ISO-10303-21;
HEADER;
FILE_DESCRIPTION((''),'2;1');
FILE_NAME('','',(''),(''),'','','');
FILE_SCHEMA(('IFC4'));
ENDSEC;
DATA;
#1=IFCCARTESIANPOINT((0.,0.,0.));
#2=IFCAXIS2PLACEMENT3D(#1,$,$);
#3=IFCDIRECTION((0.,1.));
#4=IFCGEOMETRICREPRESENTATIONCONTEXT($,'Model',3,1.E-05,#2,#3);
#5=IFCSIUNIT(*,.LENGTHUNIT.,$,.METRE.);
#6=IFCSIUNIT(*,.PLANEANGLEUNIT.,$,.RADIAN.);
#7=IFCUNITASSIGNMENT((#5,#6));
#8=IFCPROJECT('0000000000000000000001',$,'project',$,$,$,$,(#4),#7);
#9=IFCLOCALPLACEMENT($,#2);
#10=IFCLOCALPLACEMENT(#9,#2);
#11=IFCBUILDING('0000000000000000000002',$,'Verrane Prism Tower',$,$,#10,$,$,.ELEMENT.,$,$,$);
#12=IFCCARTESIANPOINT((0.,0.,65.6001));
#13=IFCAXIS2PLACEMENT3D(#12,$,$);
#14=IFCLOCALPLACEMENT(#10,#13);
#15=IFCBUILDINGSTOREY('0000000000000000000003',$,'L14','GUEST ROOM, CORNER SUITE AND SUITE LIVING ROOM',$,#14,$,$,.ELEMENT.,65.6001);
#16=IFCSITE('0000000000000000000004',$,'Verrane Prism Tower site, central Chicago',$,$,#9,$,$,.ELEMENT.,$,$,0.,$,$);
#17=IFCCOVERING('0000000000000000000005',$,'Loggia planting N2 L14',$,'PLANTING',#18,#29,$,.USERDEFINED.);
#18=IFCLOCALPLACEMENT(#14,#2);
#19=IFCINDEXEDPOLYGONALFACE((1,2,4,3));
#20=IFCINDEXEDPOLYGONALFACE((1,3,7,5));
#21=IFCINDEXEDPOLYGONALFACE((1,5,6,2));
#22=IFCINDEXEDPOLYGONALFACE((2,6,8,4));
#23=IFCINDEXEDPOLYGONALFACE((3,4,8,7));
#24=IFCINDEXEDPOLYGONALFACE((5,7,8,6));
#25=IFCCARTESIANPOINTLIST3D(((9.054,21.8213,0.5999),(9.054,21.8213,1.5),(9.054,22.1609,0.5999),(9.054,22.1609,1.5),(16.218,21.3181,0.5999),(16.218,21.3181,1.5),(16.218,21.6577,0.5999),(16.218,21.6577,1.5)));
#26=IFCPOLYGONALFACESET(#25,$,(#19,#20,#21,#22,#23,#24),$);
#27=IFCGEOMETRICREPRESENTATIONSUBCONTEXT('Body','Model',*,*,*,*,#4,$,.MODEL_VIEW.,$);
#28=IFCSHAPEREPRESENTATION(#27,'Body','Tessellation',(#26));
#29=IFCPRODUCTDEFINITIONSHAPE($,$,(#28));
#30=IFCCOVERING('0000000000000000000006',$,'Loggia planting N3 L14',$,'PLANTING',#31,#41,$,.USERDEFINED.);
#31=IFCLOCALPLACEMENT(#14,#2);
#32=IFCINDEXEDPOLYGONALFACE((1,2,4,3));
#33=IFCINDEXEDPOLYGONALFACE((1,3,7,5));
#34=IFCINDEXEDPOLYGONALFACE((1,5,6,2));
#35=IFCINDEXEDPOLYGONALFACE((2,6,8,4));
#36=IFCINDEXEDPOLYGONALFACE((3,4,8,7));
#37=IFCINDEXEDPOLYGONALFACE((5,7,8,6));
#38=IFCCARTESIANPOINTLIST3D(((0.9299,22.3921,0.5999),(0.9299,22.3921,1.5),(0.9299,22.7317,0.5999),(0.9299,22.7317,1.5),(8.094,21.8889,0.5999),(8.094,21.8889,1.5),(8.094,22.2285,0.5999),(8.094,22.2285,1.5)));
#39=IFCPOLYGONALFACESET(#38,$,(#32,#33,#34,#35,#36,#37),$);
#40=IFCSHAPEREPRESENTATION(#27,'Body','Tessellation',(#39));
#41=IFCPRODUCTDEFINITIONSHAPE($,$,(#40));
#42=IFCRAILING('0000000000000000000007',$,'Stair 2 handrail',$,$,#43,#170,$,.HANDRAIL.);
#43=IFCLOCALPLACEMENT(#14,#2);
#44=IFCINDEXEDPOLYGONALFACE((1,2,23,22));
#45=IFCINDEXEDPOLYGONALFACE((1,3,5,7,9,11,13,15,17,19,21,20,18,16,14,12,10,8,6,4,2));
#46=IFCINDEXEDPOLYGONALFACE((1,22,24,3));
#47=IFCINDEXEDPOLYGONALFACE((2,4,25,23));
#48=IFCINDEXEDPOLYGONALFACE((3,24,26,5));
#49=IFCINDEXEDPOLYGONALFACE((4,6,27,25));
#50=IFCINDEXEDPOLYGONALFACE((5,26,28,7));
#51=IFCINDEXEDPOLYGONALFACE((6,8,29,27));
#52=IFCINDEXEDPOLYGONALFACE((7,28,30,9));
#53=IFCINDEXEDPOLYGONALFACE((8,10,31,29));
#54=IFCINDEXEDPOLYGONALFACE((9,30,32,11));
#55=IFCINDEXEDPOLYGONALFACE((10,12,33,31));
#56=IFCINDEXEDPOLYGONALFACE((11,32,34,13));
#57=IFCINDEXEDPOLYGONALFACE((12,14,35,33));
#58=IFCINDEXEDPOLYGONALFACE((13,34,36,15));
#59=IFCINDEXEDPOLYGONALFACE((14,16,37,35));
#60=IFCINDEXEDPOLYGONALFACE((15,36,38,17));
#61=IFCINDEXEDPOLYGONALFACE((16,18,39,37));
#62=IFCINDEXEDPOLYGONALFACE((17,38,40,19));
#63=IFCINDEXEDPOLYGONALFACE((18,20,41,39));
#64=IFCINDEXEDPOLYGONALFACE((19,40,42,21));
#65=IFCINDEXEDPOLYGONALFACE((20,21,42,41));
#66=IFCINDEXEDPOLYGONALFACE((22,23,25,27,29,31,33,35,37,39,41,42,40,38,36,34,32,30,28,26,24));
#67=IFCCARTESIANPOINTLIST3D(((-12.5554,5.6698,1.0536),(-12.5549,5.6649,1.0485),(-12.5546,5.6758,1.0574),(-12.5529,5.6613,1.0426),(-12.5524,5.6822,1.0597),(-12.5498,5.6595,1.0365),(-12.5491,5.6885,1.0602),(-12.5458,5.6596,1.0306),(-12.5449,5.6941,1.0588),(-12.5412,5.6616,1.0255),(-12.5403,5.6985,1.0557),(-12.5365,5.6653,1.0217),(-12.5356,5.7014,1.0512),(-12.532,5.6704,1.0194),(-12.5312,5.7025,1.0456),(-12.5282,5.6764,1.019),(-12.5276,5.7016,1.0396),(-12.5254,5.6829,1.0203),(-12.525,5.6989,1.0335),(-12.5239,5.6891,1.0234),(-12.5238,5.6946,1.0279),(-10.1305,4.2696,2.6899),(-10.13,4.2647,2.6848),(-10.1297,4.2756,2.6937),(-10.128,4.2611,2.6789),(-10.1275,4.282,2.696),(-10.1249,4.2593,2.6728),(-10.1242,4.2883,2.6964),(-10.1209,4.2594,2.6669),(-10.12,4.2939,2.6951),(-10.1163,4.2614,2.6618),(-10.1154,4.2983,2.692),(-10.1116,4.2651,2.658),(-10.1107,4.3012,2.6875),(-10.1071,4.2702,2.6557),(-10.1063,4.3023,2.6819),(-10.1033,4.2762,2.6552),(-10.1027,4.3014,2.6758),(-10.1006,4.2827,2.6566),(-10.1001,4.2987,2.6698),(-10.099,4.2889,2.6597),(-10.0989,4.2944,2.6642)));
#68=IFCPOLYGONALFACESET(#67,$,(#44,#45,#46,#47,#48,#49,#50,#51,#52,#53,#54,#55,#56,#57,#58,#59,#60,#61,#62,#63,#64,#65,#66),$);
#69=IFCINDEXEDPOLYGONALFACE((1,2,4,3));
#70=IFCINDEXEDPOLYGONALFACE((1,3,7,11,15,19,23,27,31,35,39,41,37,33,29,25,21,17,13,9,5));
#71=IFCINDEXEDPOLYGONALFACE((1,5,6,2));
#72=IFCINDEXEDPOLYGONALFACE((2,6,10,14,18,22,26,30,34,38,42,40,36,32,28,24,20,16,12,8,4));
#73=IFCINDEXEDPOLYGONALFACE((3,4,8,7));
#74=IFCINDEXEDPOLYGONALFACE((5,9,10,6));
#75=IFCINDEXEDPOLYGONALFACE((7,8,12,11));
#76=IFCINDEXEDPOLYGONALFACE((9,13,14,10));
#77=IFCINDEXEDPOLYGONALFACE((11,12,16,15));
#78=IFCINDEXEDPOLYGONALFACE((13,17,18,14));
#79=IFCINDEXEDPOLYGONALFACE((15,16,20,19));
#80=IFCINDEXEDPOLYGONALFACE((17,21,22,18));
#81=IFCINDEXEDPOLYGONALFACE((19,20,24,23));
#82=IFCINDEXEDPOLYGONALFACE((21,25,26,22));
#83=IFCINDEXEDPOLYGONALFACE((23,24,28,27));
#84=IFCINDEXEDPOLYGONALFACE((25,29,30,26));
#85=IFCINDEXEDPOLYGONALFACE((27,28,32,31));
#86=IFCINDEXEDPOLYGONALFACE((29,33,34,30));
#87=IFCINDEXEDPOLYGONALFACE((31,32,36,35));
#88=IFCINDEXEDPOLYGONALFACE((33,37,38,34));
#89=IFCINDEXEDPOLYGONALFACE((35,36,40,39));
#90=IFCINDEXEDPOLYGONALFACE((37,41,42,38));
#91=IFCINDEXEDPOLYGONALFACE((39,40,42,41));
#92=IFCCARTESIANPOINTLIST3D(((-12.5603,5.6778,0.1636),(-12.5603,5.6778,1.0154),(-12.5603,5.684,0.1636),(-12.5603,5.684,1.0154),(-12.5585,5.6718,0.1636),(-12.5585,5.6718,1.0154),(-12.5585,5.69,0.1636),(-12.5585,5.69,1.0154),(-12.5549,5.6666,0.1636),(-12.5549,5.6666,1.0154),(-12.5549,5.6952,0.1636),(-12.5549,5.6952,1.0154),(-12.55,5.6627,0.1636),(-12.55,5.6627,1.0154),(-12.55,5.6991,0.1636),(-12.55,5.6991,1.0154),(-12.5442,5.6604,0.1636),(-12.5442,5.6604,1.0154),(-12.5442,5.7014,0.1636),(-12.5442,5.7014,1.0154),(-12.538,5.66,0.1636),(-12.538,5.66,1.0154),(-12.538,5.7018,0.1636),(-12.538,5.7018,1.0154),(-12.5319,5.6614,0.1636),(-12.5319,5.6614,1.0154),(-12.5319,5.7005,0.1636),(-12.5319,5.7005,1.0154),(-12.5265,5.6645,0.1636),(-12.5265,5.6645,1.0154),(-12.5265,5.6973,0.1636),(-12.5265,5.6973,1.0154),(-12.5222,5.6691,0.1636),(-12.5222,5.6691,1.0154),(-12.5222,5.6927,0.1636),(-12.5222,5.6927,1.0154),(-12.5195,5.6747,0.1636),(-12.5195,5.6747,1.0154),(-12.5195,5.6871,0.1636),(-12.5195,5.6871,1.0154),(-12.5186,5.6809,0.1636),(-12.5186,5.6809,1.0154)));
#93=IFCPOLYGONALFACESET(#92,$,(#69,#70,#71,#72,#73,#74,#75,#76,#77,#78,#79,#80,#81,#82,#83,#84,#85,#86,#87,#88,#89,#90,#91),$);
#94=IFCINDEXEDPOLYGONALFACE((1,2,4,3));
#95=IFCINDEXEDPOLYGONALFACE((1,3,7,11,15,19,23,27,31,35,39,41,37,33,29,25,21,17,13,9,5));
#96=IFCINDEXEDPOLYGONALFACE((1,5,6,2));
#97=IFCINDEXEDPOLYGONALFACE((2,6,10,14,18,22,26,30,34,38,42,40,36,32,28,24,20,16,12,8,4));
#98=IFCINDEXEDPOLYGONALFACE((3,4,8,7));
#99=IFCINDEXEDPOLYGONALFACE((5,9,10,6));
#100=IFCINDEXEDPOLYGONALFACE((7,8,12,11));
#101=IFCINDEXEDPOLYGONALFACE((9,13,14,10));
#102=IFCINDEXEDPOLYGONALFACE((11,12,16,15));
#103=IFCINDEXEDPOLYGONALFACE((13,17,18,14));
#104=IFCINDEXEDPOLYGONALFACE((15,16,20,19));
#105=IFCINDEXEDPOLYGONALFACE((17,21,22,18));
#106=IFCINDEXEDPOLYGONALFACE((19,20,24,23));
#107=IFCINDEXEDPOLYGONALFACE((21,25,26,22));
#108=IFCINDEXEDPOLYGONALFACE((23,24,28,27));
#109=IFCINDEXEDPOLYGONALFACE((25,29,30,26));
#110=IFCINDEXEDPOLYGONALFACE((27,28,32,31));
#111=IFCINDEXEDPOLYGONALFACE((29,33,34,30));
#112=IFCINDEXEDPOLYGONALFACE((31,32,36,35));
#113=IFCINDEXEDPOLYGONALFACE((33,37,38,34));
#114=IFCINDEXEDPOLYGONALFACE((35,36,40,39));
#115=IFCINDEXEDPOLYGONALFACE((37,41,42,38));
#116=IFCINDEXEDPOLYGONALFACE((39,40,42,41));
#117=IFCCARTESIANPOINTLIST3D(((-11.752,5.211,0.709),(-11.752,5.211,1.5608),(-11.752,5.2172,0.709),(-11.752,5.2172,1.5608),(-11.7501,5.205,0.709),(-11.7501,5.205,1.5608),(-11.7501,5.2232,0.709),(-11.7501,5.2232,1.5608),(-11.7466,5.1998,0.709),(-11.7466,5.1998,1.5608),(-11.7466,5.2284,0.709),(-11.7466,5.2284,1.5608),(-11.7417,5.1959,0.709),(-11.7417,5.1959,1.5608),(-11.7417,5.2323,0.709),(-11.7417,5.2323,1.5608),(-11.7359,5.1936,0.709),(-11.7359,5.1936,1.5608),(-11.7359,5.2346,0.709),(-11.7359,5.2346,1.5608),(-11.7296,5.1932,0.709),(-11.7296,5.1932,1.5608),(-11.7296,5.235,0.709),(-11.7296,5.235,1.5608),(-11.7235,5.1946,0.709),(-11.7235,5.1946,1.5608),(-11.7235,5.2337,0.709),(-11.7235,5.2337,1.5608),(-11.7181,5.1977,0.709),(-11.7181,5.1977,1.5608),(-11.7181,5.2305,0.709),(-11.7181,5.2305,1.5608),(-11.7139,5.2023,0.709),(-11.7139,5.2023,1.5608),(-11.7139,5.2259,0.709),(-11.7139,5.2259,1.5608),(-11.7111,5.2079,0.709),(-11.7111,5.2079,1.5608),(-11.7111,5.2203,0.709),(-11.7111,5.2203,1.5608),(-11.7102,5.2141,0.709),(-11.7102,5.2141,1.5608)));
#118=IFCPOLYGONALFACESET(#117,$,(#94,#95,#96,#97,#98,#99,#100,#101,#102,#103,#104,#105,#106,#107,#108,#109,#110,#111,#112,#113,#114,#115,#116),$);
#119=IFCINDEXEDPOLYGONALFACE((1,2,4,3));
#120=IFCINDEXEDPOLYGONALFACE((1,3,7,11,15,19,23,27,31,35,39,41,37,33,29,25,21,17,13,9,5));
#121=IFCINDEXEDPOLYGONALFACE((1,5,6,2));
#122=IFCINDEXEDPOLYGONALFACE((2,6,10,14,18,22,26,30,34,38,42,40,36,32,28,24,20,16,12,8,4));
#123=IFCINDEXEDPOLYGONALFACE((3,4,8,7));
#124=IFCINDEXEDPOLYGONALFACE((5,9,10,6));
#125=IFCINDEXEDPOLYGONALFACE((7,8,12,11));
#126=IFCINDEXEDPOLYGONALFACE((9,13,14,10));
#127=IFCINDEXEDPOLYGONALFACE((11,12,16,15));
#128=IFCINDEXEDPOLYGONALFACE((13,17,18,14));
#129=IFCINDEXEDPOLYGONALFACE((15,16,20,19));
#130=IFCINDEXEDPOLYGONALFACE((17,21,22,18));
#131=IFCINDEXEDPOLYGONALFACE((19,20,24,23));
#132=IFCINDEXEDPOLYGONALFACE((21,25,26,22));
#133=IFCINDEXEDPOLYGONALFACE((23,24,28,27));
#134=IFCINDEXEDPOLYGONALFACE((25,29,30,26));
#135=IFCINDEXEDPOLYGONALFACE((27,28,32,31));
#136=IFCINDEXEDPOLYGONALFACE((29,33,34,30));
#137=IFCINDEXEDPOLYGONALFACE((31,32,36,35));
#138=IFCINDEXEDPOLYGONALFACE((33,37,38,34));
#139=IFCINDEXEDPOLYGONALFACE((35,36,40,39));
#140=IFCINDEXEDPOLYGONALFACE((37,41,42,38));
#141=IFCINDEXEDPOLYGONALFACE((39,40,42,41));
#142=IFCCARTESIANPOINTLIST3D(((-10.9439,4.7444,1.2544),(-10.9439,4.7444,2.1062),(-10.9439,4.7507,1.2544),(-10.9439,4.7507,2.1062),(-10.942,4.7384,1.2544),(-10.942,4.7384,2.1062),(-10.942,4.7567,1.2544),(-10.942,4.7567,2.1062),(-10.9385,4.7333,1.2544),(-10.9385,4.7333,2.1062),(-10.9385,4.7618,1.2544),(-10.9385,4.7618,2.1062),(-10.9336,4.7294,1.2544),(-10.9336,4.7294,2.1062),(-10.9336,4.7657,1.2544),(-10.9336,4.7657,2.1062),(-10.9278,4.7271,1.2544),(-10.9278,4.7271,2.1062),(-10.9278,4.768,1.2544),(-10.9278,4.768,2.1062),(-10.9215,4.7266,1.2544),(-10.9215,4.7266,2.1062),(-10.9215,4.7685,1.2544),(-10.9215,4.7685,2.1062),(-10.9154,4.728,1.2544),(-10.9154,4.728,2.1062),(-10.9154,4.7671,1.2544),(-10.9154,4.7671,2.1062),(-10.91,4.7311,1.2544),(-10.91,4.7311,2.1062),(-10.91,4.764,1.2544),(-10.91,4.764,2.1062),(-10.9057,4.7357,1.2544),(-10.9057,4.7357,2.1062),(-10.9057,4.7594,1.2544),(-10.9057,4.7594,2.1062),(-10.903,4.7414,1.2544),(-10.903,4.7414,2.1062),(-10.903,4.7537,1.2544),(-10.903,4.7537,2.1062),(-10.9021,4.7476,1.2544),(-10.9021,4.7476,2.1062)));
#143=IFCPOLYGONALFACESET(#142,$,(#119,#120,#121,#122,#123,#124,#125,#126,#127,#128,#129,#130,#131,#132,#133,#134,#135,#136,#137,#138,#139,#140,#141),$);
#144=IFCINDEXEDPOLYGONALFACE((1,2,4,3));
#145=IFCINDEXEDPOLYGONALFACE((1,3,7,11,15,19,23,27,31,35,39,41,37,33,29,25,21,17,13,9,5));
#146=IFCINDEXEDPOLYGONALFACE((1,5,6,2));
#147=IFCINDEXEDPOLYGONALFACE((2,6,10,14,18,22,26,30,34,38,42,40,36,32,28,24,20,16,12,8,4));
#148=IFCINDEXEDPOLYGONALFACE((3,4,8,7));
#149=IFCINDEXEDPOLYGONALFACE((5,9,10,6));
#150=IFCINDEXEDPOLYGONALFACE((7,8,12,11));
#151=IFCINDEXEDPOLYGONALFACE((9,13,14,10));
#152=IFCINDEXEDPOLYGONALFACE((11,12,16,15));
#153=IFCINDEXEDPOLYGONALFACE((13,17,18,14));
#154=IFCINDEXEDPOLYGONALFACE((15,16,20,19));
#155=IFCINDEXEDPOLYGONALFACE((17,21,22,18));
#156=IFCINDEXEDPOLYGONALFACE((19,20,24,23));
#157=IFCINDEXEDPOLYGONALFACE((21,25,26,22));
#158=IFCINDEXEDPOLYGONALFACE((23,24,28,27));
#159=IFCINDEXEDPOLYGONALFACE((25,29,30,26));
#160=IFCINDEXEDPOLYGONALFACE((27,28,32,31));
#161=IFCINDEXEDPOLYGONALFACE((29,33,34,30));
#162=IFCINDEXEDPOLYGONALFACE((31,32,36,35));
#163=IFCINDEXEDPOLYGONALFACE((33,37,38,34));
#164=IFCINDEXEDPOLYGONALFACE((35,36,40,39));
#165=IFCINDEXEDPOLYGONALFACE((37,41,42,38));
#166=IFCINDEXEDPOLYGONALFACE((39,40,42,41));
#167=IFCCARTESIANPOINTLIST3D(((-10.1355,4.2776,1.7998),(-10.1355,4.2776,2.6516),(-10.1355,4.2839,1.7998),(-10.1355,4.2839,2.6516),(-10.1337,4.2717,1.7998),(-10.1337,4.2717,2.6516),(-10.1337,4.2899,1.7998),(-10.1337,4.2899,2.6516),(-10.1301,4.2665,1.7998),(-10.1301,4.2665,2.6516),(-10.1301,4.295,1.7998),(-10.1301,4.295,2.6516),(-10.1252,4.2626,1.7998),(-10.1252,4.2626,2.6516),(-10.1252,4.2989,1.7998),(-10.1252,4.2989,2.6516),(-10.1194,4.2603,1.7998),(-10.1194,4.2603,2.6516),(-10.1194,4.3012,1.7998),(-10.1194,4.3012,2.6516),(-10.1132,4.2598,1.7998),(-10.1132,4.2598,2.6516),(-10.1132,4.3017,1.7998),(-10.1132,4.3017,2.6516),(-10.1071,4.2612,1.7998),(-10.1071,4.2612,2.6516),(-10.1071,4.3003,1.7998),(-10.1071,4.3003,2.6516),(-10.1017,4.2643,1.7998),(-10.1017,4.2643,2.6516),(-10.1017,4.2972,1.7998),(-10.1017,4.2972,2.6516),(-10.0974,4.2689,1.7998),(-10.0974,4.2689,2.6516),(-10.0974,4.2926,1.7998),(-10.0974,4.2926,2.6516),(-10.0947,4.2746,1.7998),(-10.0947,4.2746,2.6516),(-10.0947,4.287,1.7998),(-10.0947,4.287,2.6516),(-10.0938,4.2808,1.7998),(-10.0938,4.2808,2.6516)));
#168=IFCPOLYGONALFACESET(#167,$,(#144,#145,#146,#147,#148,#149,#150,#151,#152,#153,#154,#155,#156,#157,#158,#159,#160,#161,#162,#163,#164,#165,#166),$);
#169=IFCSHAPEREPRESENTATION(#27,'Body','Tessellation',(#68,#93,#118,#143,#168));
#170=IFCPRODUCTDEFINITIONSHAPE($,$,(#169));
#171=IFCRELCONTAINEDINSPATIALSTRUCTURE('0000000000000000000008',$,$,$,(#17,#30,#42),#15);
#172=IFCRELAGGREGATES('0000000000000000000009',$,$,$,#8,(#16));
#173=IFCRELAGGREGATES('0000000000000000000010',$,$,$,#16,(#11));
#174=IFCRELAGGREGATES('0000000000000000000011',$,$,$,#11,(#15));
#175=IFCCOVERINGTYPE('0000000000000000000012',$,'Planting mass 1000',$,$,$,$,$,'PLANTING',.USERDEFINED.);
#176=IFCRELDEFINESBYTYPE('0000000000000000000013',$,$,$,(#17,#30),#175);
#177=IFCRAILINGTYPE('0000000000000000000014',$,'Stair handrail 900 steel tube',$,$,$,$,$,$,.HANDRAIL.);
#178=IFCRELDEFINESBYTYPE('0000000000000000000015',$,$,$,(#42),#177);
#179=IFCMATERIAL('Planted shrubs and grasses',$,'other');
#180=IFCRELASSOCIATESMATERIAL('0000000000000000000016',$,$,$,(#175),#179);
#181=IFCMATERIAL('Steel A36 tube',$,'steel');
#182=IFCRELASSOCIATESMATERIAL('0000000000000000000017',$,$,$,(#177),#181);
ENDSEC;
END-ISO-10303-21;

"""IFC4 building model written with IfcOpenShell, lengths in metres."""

from ifc_helpers import new_model, si_unit, direction, frame, origin, origin_2d, place, context, subcontext, project, spatial, polyline, circle, outline, extrude, material, type_object, element, save


model = new_model("IFC4")

# Units and contexts
model_context = context("Model", 3, precision=1e-05, world=origin(), true_north=direction((0.0, 1.0)))
body_context = subcontext(model_context, "Body", "Model", "MODEL_VIEW")
ifc_project = project(units=[si_unit("LENGTHUNIT", "METRE"), si_unit("PLANEANGLEUNIT", "RADIAN")], contexts=[model_context])

# Site, building, storey
site_placement = place(None, origin())
site = spatial("IfcSite", under=ifc_project, at=site_placement, Name="Verrane Prism Tower site, central Chicago", CompositionType="ELEMENT", RefElevation=0.0)
building_placement = place(site_placement, origin())
building = spatial("IfcBuilding", under=site, at=building_placement, Name="Verrane Prism Tower", CompositionType="ELEMENT")
storey_placement = place(building_placement, frame((0.0, 0.0, 65.6001)))
storey = spatial("IfcBuildingStorey", under=building, at=storey_placement, Name="L14", Description="GUEST ROOM, CORNER SUITE AND SUITE LIVING ROOM", CompositionType="ELEMENT", Elevation=65.6001)

# Coverings
ifc_material_1 = material(Name="Planted shrubs and grasses", Category="other")
covering_type_1 = type_object("IfcCoveringType", Name="Planting mass 1000", ElementType="PLANTING", PredefinedType="USERDEFINED", material=ifc_material_1)
covering_1_placement = place(storey_placement, frame((0.0, 0.0, 0.5999)))
element("IfcCovering", 1, at=covering_1_placement, inside=storey, type_object=covering_type_1, Name="Loggia planting N2 L14", ObjectType="PLANTING", PredefinedType="USERDEFINED", context=body_context, shape_type="SweptSolid", body=[
    extrude(outline(polyline([(9.054, 22.1609), (9.054, 21.8213), (16.218, 21.3181), (16.218, 21.6577), (9.054, 22.1609)])), origin(), (0.0, 0.0, 1.0), 0.9001),
])
covering_2_placement = place(storey_placement, frame((0.0, 0.0, 0.5999)))
element("IfcCovering", 2, at=covering_2_placement, inside=storey, type_object=covering_type_1, Name="Loggia planting N3 L14", ObjectType="PLANTING", PredefinedType="USERDEFINED", context=body_context, shape_type="SweptSolid", body=[
    extrude(outline(polyline([(0.9299, 22.7317), (0.9299, 22.3921), (8.094, 21.8889), (8.094, 22.2285), (0.9299, 22.7317)])), origin(), (0.0, 0.0, 1.0), 0.9001),
])

# Railing
ifc_material_2 = material(Name="Steel A36 tube", Category="steel")
railing_type_1 = type_object("IfcRailingType", Name="Stair handrail 900 steel tube", PredefinedType="HANDRAIL", material=ifc_material_2)
railing_1_placement = place(storey_placement, frame((-12.5396, 5.6809, 0.1636)))
element("IfcRailing", 3, at=railing_1_placement, inside=storey, type_object=railing_type_1, Name="Stair 2 handrail", PredefinedType="HANDRAIL", context=body_context, shape_type="SweptSolid", body=[
    extrude(circle(Radius=0.0239, at=origin_2d()), frame((0.0, 0.0, 0.876), z_axis=(0.747694, -0.431738, 0.504535), x_axis=(0.50005, 0.865997, 0.0)), (0.0, 0.0, 1.0), 3.2432),
    extrude(circle(Radius=0.021, at=origin_2d()), origin(), (0.0, 0.0, 1.0), 0.8518),
    extrude(circle(Radius=0.021, at=origin_2d()), frame((0.8083, -0.4668, 0.5454)), (0.0, 0.0, 1.0), 0.8518),
    extrude(circle(Radius=0.021, at=origin_2d()), frame((1.6165, -0.9333, 1.0908)), (0.0, 0.0, 1.0), 0.8518),
    extrude(circle(Radius=0.021, at=origin_2d()), frame((2.4248, -1.4001, 1.6362)), (0.0, 0.0, 1.0), 0.8518),
])

save(model, "model.ifc")
